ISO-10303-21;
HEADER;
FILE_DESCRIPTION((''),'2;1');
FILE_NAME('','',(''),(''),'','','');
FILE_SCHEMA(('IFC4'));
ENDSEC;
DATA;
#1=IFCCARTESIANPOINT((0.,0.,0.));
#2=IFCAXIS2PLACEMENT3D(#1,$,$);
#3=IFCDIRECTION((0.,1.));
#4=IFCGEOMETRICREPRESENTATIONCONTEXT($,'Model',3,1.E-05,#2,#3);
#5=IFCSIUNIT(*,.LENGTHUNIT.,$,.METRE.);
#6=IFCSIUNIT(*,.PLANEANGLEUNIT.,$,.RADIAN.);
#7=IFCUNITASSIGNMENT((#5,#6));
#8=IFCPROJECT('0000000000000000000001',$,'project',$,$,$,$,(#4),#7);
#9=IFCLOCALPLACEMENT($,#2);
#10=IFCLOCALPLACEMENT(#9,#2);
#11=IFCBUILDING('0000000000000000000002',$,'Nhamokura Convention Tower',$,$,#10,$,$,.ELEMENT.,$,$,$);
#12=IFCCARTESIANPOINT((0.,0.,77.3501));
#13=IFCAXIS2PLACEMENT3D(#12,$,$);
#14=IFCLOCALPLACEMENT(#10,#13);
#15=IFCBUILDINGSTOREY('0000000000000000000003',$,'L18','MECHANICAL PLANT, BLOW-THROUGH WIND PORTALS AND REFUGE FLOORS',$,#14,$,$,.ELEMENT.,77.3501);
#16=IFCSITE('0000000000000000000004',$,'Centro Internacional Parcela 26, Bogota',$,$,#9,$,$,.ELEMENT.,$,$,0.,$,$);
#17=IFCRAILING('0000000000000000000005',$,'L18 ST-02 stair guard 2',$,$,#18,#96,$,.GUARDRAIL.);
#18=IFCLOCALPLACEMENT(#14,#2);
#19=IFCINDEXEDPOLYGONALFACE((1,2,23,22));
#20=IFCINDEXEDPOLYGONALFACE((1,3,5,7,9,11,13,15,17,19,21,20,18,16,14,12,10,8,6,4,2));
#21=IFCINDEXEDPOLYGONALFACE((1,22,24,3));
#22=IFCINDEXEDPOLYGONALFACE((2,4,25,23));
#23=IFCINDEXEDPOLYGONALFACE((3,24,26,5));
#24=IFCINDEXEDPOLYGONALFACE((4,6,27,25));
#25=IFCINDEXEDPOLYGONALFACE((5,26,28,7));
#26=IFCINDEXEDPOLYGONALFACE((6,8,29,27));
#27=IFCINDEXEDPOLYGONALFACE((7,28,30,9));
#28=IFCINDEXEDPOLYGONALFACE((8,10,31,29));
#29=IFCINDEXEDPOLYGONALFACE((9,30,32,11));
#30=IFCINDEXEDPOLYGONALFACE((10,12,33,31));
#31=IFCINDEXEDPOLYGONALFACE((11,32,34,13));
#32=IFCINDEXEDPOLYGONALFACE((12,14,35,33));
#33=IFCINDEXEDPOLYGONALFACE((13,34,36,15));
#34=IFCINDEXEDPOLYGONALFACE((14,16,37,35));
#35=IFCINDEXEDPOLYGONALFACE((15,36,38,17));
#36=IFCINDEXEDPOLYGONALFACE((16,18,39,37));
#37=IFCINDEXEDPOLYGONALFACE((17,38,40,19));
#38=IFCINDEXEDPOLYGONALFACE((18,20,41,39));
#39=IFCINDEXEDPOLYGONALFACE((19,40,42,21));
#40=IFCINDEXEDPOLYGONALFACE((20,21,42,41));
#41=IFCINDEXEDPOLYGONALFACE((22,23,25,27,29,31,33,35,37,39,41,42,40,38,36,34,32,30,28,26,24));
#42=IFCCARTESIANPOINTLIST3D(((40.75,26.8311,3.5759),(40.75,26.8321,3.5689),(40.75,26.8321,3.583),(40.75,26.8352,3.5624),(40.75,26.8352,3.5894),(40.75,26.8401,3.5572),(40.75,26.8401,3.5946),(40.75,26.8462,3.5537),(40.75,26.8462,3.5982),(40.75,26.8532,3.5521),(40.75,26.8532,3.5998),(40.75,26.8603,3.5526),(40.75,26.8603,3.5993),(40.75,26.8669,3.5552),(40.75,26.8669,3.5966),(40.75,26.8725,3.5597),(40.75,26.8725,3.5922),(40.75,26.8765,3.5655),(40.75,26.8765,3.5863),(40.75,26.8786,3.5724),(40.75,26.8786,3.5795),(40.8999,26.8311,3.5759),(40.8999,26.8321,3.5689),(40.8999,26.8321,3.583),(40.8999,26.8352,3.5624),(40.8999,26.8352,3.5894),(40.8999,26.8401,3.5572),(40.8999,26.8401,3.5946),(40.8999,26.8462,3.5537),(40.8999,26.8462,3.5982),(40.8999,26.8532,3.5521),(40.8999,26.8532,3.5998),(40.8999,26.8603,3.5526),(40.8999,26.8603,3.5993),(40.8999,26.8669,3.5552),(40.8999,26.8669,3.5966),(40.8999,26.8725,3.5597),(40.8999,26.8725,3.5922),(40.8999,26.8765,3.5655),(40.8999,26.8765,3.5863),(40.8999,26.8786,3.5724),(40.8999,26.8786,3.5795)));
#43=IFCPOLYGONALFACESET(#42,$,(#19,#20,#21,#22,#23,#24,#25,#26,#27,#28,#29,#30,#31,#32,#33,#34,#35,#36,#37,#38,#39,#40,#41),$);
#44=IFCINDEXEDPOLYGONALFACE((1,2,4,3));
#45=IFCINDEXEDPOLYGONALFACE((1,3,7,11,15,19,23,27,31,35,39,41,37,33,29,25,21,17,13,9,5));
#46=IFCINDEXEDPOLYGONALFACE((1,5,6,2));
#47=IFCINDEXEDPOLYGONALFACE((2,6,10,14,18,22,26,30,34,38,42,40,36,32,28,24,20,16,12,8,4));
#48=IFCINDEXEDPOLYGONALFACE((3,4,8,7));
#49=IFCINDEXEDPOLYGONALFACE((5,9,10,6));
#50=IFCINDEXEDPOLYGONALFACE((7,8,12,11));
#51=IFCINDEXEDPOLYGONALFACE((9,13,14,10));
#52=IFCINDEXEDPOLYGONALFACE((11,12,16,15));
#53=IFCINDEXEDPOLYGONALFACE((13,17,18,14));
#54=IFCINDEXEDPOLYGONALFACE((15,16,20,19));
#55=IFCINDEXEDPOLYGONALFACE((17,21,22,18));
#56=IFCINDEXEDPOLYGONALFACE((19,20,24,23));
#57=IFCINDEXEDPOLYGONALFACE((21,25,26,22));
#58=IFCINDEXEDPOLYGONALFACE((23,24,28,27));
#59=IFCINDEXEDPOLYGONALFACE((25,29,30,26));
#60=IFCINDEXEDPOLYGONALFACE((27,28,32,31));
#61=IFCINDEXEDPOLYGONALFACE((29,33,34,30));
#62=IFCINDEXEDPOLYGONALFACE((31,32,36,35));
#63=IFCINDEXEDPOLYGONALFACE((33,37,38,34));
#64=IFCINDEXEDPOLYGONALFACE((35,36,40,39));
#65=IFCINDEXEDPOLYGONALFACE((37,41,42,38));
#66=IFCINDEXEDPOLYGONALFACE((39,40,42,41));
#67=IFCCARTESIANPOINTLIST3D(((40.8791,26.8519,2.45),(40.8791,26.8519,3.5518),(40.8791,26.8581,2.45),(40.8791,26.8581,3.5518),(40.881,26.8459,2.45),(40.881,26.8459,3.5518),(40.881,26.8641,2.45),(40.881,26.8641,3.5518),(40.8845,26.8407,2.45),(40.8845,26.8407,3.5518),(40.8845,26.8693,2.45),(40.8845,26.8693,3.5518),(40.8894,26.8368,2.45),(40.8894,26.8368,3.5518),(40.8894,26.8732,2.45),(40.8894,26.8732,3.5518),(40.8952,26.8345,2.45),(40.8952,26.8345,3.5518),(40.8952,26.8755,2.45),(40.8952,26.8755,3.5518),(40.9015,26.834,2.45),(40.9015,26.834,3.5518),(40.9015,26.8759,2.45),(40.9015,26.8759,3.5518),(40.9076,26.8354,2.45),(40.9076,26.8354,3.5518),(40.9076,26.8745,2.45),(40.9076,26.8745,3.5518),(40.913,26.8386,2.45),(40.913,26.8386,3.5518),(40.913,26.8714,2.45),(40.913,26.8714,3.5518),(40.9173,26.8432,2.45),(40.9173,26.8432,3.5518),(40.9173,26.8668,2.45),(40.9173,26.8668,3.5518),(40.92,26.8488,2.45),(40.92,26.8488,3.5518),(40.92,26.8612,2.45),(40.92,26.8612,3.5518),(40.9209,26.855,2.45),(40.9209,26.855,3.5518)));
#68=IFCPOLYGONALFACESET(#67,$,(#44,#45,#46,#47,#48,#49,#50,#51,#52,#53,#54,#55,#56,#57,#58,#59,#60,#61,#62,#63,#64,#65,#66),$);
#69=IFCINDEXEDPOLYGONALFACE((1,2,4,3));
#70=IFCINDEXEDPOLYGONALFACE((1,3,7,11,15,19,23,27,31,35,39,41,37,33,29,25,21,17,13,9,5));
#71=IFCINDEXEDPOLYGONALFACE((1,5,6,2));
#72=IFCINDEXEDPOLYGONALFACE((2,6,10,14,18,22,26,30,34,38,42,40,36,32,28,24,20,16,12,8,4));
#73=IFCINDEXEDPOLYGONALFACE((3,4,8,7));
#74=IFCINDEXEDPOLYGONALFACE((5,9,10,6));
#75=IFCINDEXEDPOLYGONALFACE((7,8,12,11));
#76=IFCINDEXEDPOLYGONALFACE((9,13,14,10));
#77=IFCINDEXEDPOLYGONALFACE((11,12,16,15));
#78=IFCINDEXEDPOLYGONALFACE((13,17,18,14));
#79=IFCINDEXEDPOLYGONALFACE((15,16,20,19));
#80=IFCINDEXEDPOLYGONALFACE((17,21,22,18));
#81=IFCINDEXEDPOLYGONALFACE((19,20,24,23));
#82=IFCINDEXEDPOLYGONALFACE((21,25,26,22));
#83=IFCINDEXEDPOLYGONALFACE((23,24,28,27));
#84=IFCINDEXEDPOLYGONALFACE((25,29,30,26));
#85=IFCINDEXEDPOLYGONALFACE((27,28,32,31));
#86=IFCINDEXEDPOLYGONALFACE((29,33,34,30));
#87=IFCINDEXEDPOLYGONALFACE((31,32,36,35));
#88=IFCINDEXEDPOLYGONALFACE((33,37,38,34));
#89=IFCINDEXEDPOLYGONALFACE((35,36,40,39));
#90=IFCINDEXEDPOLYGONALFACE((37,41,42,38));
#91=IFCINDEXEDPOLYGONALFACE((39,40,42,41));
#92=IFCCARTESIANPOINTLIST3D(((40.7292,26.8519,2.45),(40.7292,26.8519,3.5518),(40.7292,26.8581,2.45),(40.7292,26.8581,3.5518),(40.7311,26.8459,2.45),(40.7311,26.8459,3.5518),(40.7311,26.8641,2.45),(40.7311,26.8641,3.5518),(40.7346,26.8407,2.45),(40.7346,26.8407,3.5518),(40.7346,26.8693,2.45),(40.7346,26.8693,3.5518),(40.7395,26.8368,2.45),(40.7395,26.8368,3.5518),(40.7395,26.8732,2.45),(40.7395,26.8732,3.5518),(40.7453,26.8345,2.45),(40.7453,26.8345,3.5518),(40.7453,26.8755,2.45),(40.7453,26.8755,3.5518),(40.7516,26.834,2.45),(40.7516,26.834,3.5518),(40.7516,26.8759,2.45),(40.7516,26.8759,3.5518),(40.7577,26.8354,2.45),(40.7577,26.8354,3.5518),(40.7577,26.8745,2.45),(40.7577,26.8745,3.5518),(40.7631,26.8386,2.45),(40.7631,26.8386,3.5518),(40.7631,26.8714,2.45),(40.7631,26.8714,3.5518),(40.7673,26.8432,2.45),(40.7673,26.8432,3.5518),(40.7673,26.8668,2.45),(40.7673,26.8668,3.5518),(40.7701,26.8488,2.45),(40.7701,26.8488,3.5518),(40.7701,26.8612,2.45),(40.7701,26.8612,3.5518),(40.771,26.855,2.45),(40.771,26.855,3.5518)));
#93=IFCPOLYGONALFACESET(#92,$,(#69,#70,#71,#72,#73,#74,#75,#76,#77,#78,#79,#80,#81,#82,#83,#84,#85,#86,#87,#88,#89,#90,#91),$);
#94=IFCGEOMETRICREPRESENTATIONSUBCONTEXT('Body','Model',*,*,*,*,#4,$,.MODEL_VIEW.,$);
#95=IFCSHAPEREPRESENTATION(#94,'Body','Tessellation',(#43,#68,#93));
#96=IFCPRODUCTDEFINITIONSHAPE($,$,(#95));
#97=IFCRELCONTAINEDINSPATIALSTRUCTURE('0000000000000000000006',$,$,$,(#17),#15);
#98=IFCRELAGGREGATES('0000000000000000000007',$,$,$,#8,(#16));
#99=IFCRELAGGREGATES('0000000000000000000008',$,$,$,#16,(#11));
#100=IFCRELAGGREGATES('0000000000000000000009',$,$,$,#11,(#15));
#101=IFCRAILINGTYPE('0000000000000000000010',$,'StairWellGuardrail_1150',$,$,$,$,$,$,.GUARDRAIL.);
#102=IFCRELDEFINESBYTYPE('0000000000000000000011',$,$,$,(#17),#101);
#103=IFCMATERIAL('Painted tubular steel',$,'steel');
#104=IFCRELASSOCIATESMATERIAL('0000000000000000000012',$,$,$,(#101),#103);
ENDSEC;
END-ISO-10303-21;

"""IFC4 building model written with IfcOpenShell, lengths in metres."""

from ifc_helpers import new_model, si_unit, direction, frame, origin, origin_2d, place, context, subcontext, project, spatial, circle, extrude, material, type_object, element, save


model = new_model("IFC4")

# Units and contexts
model_context = context("Model", 3, precision=1e-05, world=origin(), true_north=direction((0.0, 1.0)))
body_context = subcontext(model_context, "Body", "Model", "MODEL_VIEW")
ifc_project = project(units=[si_unit("LENGTHUNIT", "METRE"), si_unit("PLANEANGLEUNIT", "RADIAN")], contexts=[model_context])

# Site, building, storey
site_placement = place(None, origin())
site = spatial("IfcSite", under=ifc_project, at=site_placement, Name="Centro Internacional Parcela 26, Bogota", CompositionType="ELEMENT", RefElevation=0.0)
building_placement = place(site_placement, origin())
building = spatial("IfcBuilding", under=site, at=building_placement, Name="Nhamokura Convention Tower", CompositionType="ELEMENT")
storey_placement = place(building_placement, frame((0.0, 0.0, 77.3501)))
storey = spatial("IfcBuildingStorey", under=building, at=storey_placement, Name="L18", Description="MECHANICAL PLANT, BLOW-THROUGH WIND PORTALS AND REFUGE FLOORS", CompositionType="ELEMENT", Elevation=77.3501)

# Railing
ifc_material_1 = material(Name="Painted tubular steel", Category="steel")
railing_type_1 = type_object("IfcRailingType", Name="StairWellGuardrail_1150", PredefinedType="GUARDRAIL", material=ifc_material_1)
railing_1_placement = place(storey_placement, frame((40.8999, 26.855, 2.45)))
element("IfcRailing", 1, at=railing_1_placement, inside=storey, type_object=railing_type_1, Name="L18 ST-02 stair guard 2", PredefinedType="GUARDRAIL", context=body_context, shape_type="SweptSolid", body=[
    extrude(circle(Radius=0.0239, at=origin_2d()), frame((0.0, 0.0, 1.126), z_axis=(-1.0, 0.0, 0.0), x_axis=(0.0, -1.0, 0.0)), (0.0, 0.0, 1.0), 0.1499),
    extrude(circle(Radius=0.021, at=origin_2d()), origin(), (0.0, 0.0, 1.0), 1.1018),
    extrude(circle(Radius=0.021, at=origin_2d()), frame((-0.1499, 0.0, 0.0)), (0.0, 0.0, 1.0), 1.1018),
])

save(model, "model.ifc")
